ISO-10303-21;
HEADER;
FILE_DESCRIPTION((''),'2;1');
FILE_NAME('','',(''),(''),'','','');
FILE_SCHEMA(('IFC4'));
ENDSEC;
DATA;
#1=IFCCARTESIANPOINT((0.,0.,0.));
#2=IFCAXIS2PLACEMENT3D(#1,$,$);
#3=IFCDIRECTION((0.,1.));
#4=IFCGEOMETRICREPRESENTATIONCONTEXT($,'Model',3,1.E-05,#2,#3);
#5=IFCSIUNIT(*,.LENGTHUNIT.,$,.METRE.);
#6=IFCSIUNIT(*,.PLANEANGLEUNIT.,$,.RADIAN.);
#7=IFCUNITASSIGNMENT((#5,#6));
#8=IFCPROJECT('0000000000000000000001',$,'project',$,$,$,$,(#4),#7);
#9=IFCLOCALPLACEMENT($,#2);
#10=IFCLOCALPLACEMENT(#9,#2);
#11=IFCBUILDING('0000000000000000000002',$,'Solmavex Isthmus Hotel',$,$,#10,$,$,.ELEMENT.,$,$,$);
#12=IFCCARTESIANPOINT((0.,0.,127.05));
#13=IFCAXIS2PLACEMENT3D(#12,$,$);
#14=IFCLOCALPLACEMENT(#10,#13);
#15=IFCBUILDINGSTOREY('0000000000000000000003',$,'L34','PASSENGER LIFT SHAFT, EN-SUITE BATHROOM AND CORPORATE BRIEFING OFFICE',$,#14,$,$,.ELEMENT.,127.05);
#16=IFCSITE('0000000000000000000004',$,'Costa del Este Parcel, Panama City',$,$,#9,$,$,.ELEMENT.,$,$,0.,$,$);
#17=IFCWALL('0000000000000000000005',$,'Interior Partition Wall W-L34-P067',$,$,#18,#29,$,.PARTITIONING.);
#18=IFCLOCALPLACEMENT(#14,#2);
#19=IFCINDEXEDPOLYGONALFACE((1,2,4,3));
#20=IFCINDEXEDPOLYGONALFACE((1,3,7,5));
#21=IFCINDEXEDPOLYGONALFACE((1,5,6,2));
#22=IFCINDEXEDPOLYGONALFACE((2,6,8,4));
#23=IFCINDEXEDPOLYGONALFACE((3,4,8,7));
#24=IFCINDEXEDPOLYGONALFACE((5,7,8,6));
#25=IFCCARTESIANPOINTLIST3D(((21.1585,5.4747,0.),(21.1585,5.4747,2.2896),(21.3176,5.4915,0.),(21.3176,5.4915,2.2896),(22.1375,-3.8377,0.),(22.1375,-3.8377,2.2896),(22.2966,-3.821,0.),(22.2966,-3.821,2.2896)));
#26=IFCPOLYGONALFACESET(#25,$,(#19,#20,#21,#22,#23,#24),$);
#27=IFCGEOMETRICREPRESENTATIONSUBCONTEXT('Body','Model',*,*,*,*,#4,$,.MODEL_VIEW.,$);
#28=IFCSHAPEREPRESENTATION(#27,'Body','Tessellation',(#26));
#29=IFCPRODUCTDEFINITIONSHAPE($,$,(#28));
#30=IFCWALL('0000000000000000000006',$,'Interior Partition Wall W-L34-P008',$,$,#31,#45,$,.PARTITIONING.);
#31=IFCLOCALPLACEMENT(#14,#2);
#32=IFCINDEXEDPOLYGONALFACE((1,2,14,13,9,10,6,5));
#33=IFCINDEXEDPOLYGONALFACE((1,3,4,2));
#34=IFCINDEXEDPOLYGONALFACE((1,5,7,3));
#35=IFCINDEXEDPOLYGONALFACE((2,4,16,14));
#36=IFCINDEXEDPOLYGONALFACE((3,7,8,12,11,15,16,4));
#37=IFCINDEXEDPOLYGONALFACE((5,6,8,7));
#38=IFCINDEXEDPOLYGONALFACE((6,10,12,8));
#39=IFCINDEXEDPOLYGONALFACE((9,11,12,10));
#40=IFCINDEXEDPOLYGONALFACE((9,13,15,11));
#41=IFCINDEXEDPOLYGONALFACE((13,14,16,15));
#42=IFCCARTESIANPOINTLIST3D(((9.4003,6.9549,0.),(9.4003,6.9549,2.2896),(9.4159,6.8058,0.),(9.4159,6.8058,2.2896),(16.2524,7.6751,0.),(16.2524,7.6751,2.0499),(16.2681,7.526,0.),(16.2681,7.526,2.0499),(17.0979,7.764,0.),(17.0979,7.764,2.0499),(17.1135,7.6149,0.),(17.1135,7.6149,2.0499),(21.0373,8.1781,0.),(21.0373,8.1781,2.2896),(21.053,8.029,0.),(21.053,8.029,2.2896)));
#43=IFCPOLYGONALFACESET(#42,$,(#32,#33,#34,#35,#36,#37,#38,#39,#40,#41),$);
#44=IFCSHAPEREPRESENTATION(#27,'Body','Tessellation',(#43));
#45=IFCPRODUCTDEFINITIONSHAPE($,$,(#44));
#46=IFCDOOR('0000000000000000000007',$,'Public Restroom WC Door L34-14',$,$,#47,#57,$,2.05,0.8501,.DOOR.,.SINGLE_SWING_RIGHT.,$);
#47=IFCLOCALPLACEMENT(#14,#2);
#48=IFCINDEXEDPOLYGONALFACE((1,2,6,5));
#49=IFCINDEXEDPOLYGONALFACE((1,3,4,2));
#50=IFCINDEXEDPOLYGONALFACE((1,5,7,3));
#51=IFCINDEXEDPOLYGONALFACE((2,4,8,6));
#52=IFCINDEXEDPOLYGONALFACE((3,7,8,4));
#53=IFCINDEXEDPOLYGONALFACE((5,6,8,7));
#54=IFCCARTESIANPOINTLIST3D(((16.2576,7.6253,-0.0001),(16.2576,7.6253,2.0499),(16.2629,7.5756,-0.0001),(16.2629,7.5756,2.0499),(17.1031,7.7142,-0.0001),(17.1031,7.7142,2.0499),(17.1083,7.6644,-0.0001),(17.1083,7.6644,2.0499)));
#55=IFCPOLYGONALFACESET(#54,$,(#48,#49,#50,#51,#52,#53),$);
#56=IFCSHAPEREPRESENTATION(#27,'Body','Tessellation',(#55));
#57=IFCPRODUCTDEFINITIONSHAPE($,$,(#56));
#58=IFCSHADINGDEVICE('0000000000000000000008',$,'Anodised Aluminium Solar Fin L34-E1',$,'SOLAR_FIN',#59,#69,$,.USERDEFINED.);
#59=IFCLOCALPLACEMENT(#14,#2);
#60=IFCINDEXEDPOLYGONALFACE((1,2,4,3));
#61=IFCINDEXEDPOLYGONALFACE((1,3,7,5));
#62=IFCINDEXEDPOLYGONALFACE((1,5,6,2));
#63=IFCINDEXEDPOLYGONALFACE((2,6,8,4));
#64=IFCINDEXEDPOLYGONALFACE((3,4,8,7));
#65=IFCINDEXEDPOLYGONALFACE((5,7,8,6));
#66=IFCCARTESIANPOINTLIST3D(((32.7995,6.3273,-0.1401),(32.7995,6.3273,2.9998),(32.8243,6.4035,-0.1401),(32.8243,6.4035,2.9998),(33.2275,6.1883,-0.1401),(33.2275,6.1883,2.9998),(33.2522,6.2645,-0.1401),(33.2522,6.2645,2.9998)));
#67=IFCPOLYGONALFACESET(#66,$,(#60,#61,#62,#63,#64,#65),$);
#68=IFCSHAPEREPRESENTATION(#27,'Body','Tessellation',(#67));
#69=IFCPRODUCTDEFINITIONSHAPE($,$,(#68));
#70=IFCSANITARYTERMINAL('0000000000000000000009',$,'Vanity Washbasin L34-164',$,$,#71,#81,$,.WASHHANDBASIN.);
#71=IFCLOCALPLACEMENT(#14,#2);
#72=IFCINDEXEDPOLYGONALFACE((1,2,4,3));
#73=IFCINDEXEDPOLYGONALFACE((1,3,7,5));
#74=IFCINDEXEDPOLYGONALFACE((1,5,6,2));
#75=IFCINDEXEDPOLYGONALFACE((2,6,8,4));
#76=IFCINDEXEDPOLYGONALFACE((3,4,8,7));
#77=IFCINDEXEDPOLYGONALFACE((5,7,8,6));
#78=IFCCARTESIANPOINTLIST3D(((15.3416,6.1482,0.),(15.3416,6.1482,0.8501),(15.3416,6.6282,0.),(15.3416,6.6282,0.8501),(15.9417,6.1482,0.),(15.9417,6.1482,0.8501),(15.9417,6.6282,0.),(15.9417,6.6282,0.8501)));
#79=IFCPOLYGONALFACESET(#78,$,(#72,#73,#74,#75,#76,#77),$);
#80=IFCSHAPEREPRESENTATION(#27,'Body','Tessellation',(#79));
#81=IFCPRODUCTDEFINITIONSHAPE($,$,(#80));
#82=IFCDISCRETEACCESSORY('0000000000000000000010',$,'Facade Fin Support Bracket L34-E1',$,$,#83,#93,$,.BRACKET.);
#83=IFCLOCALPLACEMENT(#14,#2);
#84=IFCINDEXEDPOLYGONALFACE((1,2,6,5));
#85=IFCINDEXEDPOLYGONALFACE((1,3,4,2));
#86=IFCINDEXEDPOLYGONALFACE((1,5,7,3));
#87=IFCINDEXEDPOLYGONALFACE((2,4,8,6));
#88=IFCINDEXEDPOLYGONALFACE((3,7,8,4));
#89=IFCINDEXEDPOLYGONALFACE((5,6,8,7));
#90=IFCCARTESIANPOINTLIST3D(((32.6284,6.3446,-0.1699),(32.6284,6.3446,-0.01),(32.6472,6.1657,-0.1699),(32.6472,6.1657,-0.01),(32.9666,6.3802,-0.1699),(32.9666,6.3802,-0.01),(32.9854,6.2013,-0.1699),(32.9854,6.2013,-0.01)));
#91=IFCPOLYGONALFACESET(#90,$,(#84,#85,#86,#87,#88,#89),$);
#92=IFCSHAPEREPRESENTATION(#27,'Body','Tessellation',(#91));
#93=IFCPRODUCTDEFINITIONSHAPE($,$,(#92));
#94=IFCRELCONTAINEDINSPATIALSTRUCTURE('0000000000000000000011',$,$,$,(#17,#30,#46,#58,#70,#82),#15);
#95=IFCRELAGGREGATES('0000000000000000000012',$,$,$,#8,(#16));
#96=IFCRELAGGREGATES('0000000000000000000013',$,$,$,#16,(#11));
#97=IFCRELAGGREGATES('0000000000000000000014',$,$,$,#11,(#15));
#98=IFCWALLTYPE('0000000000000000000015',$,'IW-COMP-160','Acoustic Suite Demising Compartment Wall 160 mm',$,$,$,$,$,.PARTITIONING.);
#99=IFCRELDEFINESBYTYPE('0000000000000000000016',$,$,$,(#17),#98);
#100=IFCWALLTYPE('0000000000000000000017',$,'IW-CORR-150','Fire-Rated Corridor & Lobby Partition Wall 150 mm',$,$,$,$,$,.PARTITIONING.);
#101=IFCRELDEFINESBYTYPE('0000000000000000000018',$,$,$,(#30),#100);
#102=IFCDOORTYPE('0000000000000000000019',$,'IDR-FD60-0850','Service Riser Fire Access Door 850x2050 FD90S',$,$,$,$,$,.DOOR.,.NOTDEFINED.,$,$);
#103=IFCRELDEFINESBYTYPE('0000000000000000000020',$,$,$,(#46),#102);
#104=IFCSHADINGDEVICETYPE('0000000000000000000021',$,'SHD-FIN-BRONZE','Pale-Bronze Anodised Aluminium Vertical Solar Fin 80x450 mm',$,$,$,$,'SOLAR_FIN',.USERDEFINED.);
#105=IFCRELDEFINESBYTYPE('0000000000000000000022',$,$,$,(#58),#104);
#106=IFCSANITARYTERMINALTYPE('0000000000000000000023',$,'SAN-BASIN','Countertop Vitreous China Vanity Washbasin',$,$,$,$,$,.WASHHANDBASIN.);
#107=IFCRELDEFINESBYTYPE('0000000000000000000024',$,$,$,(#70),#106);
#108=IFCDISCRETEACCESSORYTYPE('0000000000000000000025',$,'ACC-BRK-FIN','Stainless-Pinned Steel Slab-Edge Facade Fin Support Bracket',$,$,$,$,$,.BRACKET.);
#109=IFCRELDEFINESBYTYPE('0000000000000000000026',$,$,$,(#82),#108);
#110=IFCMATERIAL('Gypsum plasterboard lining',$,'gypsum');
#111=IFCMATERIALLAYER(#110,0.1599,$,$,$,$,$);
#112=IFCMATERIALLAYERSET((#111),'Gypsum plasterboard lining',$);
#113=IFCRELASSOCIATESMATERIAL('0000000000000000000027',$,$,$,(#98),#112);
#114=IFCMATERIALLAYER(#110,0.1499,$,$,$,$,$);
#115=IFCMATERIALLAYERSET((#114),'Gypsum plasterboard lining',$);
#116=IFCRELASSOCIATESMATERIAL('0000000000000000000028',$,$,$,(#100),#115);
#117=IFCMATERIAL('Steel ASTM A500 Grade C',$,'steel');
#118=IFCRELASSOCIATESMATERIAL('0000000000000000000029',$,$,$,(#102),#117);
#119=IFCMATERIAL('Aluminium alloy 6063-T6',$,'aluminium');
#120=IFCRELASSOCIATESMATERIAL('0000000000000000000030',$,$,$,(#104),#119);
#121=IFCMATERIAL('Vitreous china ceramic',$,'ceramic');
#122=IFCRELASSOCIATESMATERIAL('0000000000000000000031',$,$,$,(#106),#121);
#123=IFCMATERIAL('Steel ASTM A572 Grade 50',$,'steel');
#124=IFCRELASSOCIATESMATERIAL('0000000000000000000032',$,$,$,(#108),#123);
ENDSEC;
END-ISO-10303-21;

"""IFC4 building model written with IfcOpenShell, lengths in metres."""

from ifc_helpers import new_model, si_unit, direction, frame, frame_2d, origin, origin_2d, place, context, subcontext, project, spatial, rectangle, extrude, material, layer, layer_set, type_object, element, fill, save


model = new_model("IFC4")

# Units and contexts
model_context = context("Model", 3, precision=1e-05, world=origin(), true_north=direction((0.0, 1.0)))
body_context = subcontext(model_context, "Body", "Model", "MODEL_VIEW")
ifc_project = project(units=[si_unit("LENGTHUNIT", "METRE"), si_unit("PLANEANGLEUNIT", "RADIAN")], contexts=[model_context])

# Site, building, storey
site_placement = place(None, origin())
site = spatial("IfcSite", under=ifc_project, at=site_placement, Name="Costa del Este Parcel, Panama City", CompositionType="ELEMENT", RefElevation=0.0)
building_placement = place(site_placement, origin())
building = spatial("IfcBuilding", under=site, at=building_placement, Name="Solmavex Isthmus Hotel", CompositionType="ELEMENT")
storey_placement = place(building_placement, frame((0.0, 0.0, 127.05)))
storey = spatial("IfcBuildingStorey", under=building, at=storey_placement, Name="L34", Description="PASSENGER LIFT SHAFT, EN-SUITE BATHROOM AND CORPORATE BRIEFING OFFICE", CompositionType="ELEMENT", Elevation=127.05)

# Shared definitions
ifc_material_1 = material(Name="Aluminium alloy 6063-T6", Category="aluminium")

# Wall
ifc_material_2 = material(Name="Gypsum plasterboard lining", Category="gypsum")
ifc_layer_1 = layer(ifc_material_2, 0.1599)
ifc_layer_set_1 = layer_set([ifc_layer_1], Name="Gypsum plasterboard lining")
wall_type_1 = type_object("IfcWallType", Name="IW-COMP-160", Description="Acoustic Suite Demising Compartment Wall 160 mm", PredefinedType="PARTITIONING", material=ifc_layer_set_1)
wall_1_placement = place(storey_placement, frame((22.217, -3.8293, 0.0), z_axis=(0.0, 0.0, 1.0), x_axis=(-0.104552, 0.994519, 0.0)))
element("IfcWall", 1, at=wall_1_placement, inside=storey, type_object=wall_type_1, Name="Interior Partition Wall W-L34-P067", PredefinedType="PARTITIONING", context=body_context, shape_type="SweptSolid", body=[
    extrude(rectangle(XDim=9.3638, YDim=0.1599, at=frame_2d((4.6819, 0.0))), origin(), (0.0, 0.0, 1.0), 2.2896),
])

# Wall, opening, door
ifc_layer_2 = layer(ifc_material_2, 0.1499)
ifc_layer_set_2 = layer_set([ifc_layer_2], Name="Gypsum plasterboard lining")
wall_type_2 = type_object("IfcWallType", Name="IW-CORR-150", Description="Fire-Rated Corridor & Lobby Partition Wall 150 mm", PredefinedType="PARTITIONING", material=ifc_layer_set_2)
wall_2_placement = place(storey_placement, frame((21.0452, 8.1035, 0.0), z_axis=(0.0, 0.0, 1.0), x_axis=(-0.994521, -0.104533, 0.0)))
wall_2 = element("IfcWall", 2, at=wall_2_placement, inside=storey, type_object=wall_type_2, Name="Interior Partition Wall W-L34-P008", PredefinedType="PARTITIONING", context=body_context, shape_type="SweptSolid", body=[
    extrude(rectangle(XDim=11.7012, YDim=0.1499, at=frame_2d((5.8506, 0.0))), origin(), (0.0, 0.0, 1.0), 2.2896),
])
opening_placement = place(wall_2_placement, frame((3.9612, 0.0, 0.0)))
opening = element("IfcOpeningElement", 3, at=opening_placement, cuts=wall_2, PredefinedType="OPENING", context=body_context, shape_type="SweptSolid", body=[
    extrude(rectangle(XDim=0.8501, YDim=2.05, at=frame_2d((0.425, 1.0249))), frame((0.0, 0.085, 0.0), z_axis=(0.0, -1.0, 0.0), x_axis=(1.0, 0.0, 0.0)), (0.0, 0.0, 1.0), 0.1699),
])
ifc_material_3 = material(Name="Steel ASTM A500 Grade C", Category="steel")
door_type = type_object("IfcDoorType", Name="IDR-FD60-0850", Description="Service Riser Fire Access Door 850x2050 FD90S", OperationType="NOTDEFINED", PredefinedType="DOOR", material=ifc_material_3)
door_placement = place(opening_placement, frame((0.8501, 0.0, 0.0), z_axis=(0.0, 0.0, 1.0), x_axis=(-1.0, 0.0, 0.0)))
door = element("IfcDoor", 4, at=door_placement, inside=storey, type_object=door_type, Name="Public Restroom WC Door L34-14", OperationType="SINGLE_SWING_RIGHT", OverallHeight=2.05, OverallWidth=0.8501, PredefinedType="DOOR", context=body_context, shape_type="SweptSolid", body=[
    extrude(rectangle(XDim=0.8501, YDim=2.05, at=frame_2d((0.425, 1.0249))), frame((0.0, 0.0249, 0.0), z_axis=(0.0, -1.0, 0.0), x_axis=(1.0, 0.0, 0.0)), (0.0, 0.0, 1.0), 0.05),
])
fill(opening, door)

# Shading device
shading_device_type = type_object("IfcShadingDeviceType", Name="SHD-FIN-BRONZE", Description="Pale-Bronze Anodised Aluminium Vertical Solar Fin 80x450 mm", ElementType="SOLAR_FIN", PredefinedType="USERDEFINED", material=ifc_material_1)
shading_device_placement = place(storey_placement, frame((33.0259, 6.2959, -0.1401), z_axis=(0.0, 0.0, 1.0), x_axis=(0.951057, -0.309017, 0.0)))
element("IfcShadingDevice", 5, at=shading_device_placement, inside=storey, type_object=shading_device_type, Name="Anodised Aluminium Solar Fin L34-E1", ObjectType="SOLAR_FIN", PredefinedType="USERDEFINED", context=body_context, shape_type="SweptSolid", body=[
    extrude(rectangle(XDim=0.45, YDim=0.0801, at=origin_2d()), origin(), (0.0, 0.0, 1.0), 3.1399),
])

# Sanitary terminal
ifc_material_4 = material(Name="Vitreous china ceramic", Category="ceramic")
sanitary_terminal_type = type_object("IfcSanitaryTerminalType", Name="SAN-BASIN", Description="Countertop Vitreous China Vanity Washbasin", PredefinedType="WASHHANDBASIN", material=ifc_material_4)
sanitary_terminal_placement = place(storey_placement, frame((15.6416, 6.3882, 0.0), z_axis=(0.0, 0.0, 1.0), x_axis=(1.0, 0.0, 0.0)))
element("IfcSanitaryTerminal", 6, at=sanitary_terminal_placement, inside=storey, type_object=sanitary_terminal_type, Name="Vanity Washbasin L34-164", PredefinedType="WASHHANDBASIN", context=body_context, shape_type="SweptSolid", body=[
    extrude(rectangle(XDim=0.6001, YDim=0.48, at=origin_2d()), origin(), (0.0, 0.0, 1.0), 0.8501),
])

# Discrete accessory
ifc_material_5 = material(Name="Steel ASTM A572 Grade 50", Category="steel")
discrete_accessory_type = type_object("IfcDiscreteAccessoryType", Name="ACC-BRK-FIN", Description="Stainless-Pinned Steel Slab-Edge Facade Fin Support Bracket", PredefinedType="BRACKET", material=ifc_material_5)
discrete_accessory_placement = place(storey_placement, frame((32.8069, 6.2729, -0.1699), z_axis=(0.0, 0.0, 1.0), x_axis=(0.994522, 0.104528, 0.0)))
element("IfcDiscreteAccessory", 7, at=discrete_accessory_placement, inside=storey, type_object=discrete_accessory_type, Name="Facade Fin Support Bracket L34-E1", PredefinedType="BRACKET", context=body_context, shape_type="SweptSolid", body=[
    extrude(rectangle(XDim=0.3401, YDim=0.1799, at=origin_2d()), origin(), (0.0, 0.0, 1.0), 0.1599),
])

save(model, "model.ifc")
